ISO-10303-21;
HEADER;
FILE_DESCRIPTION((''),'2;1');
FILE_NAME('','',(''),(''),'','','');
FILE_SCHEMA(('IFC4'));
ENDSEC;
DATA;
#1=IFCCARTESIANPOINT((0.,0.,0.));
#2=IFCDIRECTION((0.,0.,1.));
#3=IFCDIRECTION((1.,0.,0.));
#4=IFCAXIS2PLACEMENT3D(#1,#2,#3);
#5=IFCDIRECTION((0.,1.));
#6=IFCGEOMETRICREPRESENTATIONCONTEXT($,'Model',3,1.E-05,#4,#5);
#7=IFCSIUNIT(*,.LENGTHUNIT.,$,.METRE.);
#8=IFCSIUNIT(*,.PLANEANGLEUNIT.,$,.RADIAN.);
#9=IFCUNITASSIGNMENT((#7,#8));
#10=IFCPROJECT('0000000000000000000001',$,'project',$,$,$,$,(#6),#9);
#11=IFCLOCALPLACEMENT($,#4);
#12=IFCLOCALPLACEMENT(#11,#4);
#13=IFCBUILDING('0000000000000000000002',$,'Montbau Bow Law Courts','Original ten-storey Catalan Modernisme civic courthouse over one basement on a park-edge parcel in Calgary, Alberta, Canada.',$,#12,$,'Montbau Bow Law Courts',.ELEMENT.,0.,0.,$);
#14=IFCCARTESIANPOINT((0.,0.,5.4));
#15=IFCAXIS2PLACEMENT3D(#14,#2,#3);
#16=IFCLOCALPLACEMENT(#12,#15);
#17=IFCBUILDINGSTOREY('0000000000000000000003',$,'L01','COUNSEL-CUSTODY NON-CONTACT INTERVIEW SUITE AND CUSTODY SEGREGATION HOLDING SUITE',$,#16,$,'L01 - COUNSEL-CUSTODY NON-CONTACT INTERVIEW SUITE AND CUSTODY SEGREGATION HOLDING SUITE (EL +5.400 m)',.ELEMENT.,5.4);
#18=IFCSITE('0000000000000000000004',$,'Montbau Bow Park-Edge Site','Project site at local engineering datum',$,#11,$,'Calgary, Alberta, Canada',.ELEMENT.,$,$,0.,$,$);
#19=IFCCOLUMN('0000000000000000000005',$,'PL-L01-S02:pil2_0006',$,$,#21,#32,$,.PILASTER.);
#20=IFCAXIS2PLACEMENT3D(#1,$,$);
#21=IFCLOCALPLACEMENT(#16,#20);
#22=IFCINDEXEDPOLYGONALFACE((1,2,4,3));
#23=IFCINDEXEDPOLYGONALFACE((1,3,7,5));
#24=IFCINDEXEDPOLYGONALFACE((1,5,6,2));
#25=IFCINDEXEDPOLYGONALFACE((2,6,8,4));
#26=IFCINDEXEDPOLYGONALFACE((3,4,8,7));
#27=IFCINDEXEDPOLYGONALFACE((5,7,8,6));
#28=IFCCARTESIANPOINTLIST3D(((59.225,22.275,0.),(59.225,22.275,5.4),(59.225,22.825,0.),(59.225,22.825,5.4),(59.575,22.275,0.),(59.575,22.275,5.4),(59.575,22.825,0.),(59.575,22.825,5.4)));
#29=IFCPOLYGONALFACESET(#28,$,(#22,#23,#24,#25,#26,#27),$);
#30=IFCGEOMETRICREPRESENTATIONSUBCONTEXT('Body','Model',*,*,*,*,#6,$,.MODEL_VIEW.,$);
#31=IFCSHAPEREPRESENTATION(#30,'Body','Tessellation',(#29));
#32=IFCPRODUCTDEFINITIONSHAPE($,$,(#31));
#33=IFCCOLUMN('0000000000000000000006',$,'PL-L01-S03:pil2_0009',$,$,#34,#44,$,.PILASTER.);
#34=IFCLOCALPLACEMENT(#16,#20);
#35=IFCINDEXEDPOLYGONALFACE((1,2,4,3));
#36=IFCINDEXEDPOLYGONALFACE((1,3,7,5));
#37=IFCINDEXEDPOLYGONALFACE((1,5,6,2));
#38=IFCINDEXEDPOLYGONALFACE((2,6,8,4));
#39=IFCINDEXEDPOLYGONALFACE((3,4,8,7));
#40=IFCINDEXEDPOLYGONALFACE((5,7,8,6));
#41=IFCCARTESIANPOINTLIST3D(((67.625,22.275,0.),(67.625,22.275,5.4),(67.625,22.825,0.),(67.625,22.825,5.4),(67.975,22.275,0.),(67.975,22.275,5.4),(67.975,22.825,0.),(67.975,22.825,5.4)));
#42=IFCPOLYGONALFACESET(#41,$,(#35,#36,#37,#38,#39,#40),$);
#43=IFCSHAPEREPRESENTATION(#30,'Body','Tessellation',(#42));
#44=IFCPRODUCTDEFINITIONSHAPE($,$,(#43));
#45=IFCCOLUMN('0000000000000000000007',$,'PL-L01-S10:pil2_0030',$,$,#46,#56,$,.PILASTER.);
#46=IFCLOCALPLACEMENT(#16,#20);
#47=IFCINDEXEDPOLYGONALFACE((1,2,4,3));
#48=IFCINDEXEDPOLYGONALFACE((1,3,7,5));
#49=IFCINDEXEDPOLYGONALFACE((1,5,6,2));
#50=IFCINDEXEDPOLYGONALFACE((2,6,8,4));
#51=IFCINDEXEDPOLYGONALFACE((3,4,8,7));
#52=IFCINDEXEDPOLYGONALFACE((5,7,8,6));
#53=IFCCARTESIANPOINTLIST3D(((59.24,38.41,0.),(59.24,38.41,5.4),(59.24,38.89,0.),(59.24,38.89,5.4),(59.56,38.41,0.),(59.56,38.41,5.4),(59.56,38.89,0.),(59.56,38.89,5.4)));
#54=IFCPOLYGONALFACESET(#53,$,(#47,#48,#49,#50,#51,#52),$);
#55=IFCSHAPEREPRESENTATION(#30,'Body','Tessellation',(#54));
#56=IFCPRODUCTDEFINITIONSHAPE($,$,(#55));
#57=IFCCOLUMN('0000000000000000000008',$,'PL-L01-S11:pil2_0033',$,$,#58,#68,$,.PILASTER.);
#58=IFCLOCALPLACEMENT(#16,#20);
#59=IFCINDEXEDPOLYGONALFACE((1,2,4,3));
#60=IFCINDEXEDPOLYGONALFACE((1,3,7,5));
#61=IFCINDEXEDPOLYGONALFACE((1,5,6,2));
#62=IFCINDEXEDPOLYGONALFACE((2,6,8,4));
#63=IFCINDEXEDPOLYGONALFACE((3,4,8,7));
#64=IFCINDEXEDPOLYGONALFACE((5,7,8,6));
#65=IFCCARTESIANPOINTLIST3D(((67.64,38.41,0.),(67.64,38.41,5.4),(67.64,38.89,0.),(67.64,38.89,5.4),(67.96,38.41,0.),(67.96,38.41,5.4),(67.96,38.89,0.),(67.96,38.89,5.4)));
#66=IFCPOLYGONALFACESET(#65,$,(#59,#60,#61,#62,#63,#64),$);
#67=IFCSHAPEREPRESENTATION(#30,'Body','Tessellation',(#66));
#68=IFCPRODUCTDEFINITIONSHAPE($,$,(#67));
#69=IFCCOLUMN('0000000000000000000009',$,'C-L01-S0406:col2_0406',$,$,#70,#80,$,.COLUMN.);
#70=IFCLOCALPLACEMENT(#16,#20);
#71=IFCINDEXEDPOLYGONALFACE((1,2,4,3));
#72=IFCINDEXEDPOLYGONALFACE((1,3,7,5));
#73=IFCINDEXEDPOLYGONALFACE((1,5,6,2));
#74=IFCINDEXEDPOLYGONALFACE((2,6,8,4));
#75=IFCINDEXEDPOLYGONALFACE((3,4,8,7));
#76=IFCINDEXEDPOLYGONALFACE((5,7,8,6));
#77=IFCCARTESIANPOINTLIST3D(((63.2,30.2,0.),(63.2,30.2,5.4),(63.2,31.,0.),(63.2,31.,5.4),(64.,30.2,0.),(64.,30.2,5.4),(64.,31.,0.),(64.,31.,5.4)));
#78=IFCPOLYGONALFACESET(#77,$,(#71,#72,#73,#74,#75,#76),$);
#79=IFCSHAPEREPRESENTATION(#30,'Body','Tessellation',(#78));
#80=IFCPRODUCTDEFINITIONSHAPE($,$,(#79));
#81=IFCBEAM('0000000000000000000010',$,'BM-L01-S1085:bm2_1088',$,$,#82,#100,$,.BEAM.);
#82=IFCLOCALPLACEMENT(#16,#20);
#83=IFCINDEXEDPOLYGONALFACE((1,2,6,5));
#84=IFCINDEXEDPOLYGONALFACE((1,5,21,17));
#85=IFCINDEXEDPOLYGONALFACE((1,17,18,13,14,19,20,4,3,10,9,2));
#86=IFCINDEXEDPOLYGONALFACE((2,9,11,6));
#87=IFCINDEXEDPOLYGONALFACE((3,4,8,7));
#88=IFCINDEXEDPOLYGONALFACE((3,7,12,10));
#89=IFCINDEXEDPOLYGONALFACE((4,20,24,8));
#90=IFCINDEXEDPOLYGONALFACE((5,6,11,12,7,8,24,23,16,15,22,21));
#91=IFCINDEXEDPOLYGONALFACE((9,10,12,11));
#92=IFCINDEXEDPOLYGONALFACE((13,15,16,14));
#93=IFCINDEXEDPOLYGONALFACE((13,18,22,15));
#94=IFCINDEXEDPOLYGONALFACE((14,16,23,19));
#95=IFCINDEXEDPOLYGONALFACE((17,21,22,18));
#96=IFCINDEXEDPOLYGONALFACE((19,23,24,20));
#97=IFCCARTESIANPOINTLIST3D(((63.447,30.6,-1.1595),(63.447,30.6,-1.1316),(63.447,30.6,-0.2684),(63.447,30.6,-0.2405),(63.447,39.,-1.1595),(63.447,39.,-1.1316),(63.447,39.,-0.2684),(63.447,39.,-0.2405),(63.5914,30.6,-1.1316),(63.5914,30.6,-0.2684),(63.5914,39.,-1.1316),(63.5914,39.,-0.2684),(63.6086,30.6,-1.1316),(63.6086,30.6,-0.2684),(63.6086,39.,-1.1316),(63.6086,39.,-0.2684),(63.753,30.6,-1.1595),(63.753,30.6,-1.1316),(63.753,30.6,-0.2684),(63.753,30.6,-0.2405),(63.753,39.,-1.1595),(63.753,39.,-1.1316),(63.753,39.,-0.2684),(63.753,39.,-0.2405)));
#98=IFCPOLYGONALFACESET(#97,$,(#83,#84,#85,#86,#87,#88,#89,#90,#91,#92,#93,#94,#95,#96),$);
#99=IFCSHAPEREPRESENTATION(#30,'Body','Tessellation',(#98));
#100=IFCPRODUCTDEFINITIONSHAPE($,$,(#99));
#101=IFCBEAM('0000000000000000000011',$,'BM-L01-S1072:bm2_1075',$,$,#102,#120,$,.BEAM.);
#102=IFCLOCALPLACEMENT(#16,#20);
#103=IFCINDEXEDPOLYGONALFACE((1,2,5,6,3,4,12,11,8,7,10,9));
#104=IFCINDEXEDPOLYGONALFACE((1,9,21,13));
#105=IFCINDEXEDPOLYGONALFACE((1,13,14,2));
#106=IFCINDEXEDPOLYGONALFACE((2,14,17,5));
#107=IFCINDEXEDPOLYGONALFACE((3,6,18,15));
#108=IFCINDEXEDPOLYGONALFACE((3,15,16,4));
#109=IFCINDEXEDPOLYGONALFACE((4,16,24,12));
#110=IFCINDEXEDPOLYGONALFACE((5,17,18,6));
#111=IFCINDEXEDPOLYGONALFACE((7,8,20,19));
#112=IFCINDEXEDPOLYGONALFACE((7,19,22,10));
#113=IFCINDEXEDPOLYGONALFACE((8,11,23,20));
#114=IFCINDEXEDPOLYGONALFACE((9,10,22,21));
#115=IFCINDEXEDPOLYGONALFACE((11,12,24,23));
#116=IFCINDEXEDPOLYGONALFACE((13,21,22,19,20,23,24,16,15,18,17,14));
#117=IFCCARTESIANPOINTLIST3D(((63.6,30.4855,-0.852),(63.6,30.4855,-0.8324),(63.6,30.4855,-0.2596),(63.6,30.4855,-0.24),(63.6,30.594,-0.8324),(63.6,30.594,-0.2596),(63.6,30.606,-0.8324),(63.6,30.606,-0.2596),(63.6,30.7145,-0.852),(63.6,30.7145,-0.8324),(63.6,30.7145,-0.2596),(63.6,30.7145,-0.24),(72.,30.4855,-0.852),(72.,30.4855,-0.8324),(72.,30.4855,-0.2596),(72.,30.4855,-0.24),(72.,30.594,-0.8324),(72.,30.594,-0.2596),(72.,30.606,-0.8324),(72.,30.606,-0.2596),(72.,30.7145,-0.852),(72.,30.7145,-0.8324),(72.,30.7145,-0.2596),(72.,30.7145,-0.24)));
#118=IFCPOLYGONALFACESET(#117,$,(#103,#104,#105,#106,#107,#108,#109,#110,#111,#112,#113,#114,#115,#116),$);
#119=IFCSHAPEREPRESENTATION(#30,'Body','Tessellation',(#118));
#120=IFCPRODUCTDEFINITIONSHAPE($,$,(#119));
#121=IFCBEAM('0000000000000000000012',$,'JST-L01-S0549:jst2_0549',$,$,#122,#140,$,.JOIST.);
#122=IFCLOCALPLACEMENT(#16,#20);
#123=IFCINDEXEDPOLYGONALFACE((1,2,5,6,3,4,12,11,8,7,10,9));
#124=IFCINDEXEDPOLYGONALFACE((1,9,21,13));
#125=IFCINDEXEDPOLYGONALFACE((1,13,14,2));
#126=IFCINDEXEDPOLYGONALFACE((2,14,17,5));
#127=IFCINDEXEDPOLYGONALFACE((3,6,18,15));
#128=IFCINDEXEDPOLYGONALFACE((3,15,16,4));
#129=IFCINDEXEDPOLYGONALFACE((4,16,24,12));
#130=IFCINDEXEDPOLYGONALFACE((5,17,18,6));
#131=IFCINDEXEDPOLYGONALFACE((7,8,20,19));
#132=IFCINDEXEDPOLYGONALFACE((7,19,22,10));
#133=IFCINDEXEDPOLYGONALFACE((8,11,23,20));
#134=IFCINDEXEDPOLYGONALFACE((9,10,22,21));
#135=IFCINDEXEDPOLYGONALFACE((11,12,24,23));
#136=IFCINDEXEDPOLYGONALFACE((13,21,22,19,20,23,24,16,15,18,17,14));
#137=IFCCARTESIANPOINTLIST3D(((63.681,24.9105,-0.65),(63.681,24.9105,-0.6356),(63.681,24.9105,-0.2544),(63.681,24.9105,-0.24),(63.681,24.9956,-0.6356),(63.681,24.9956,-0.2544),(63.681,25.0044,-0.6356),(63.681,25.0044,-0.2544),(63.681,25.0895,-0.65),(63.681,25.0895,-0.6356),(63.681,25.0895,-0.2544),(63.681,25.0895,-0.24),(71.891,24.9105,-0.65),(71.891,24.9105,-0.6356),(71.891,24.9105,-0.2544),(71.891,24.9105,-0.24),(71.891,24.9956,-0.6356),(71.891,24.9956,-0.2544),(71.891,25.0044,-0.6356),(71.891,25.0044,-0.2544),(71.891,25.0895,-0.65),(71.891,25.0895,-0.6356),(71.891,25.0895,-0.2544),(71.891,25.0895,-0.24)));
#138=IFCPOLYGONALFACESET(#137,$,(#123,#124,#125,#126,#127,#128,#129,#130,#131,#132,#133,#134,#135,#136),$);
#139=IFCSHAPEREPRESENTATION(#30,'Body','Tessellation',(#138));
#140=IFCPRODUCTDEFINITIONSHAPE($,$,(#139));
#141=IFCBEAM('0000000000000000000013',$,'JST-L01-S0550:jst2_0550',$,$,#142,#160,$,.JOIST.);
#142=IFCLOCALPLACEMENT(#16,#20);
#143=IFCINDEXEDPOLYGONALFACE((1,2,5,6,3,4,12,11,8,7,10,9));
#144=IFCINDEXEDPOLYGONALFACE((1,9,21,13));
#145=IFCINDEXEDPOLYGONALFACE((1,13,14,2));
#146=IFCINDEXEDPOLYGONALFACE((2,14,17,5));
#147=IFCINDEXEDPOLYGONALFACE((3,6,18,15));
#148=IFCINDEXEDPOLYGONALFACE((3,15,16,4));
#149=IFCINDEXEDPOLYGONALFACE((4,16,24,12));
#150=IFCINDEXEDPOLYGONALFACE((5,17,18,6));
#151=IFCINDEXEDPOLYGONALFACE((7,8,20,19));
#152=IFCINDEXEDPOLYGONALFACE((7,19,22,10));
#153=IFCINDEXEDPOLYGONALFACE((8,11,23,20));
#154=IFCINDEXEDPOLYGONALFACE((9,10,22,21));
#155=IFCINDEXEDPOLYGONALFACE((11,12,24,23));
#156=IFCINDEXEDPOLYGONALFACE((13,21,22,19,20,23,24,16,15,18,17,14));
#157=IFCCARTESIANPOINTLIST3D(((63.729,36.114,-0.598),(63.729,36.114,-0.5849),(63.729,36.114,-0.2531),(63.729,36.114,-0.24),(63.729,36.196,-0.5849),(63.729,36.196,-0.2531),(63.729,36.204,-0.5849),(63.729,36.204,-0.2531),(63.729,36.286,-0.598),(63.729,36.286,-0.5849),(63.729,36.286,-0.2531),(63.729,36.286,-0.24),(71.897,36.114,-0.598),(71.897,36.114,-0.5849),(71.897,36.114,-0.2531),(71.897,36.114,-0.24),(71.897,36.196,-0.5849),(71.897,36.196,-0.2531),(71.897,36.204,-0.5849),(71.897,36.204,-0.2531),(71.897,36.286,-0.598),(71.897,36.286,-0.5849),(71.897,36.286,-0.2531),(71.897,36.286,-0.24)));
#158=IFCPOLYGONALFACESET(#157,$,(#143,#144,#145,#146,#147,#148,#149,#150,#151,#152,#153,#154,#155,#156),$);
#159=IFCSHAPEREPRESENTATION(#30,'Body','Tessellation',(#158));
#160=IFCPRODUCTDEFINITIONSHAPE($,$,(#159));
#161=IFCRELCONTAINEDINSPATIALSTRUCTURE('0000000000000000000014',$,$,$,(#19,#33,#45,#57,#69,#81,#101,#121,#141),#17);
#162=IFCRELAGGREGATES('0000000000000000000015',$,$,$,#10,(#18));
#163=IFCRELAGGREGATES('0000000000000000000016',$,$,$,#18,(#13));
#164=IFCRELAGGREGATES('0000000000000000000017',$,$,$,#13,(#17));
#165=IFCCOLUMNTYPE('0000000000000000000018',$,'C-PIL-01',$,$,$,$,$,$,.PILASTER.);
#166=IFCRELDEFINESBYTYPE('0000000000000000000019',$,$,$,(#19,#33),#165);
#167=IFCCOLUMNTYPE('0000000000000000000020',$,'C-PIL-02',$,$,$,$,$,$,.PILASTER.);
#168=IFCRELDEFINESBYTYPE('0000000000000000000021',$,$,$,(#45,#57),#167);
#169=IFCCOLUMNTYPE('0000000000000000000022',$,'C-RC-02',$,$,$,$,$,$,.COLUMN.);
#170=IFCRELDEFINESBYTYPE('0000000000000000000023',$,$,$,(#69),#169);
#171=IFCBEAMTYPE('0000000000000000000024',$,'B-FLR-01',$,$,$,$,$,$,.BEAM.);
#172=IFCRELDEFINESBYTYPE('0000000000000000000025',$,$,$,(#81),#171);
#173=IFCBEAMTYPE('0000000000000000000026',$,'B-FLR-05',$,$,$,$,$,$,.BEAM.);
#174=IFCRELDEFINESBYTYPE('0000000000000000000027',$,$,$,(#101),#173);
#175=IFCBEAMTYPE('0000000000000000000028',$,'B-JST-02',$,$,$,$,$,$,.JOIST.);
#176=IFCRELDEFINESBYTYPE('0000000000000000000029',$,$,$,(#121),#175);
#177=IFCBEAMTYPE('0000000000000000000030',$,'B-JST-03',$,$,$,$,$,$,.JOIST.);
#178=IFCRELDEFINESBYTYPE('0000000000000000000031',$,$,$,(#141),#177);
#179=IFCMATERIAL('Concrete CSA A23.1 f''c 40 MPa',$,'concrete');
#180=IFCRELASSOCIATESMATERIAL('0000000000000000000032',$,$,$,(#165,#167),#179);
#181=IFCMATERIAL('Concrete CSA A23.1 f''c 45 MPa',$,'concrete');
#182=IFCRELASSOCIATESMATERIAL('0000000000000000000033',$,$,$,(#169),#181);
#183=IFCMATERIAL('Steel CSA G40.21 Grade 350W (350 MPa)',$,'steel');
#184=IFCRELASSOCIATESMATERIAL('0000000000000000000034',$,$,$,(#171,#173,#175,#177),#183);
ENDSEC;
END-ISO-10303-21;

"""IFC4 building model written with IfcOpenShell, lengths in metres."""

from ifc_helpers import new_model, si_unit, direction, frame, origin_with_axes, origin_2d_with_axis, place, context, subcontext, project, spatial, rectangle, i_section, extrude, material, material_profile, profile_set, type_object, element, save


model = new_model("IFC4")

# Units and contexts
model_context = context("Model", 3, precision=1e-05, world=origin_with_axes(), true_north=direction((0.0, 1.0)))
body_context = subcontext(model_context, "Body", "Model", "MODEL_VIEW")
ifc_project = project(units=[si_unit("LENGTHUNIT", "METRE"), si_unit("PLANEANGLEUNIT", "RADIAN")], contexts=[model_context])

# Site, building, storey
site_placement = place(None, origin_with_axes())
site = spatial("IfcSite", under=ifc_project, at=site_placement, Name="Montbau Bow Park-Edge Site", Description="Project site at local engineering datum", LongName="Calgary, Alberta, Canada", CompositionType="ELEMENT", RefElevation=0.0)
building_placement = place(site_placement, origin_with_axes())
building = spatial("IfcBuilding", under=site, at=building_placement, Name="Montbau Bow Law Courts", Description="Original ten-storey Catalan Modernisme civic courthouse over one basement on a park-edge parcel in Calgary, Alberta, Canada.", LongName="Montbau Bow Law Courts", CompositionType="ELEMENT", ElevationOfRefHeight=0.0, ElevationOfTerrain=0.0)
storey_placement = place(building_placement, frame((0.0, 0.0, 5.4), z_axis=(0.0, 0.0, 1.0), x_axis=(1.0, 0.0, 0.0)))
storey = spatial("IfcBuildingStorey", under=building, at=storey_placement, Name="L01", Description="COUNSEL-CUSTODY NON-CONTACT INTERVIEW SUITE AND CUSTODY SEGREGATION HOLDING SUITE", LongName="L01 - COUNSEL-CUSTODY NON-CONTACT INTERVIEW SUITE AND CUSTODY SEGREGATION HOLDING SUITE (EL +5.400 m)", CompositionType="ELEMENT", Elevation=5.4)

# Columns
ifc_material_1 = material(Name="Concrete CSA A23.1 f'c 40 MPa", Category="concrete")
ifc_material_profile_1 = material_profile(ifc_material_1, rectangle(XDim=0.35, YDim=0.55, at=origin_2d_with_axis()), Name="RC550X350", Category="Main", Priority=0)
ifc_profile_set_1 = profile_set([ifc_material_profile_1], Name="Concrete CSA A23.1 f'c 40 MPa")
column_type_1 = type_object("IfcColumnType", Name="C-PIL-01", PredefinedType="PILASTER", material=ifc_profile_set_1)
for number, where, z_axis, x_axis, name in (
    (1, (59.4, 22.55, 5.4), (0.0, 0.0, 1.0), (1.0, 0.0, 0.0), "PL-L01-S02:pil2_0006"),
    (2, (67.8, 22.55, 5.4), (0.0, 0.0, 1.0), (1.0, 0.0, 0.0), "PL-L01-S03:pil2_0009"),
):
    element("IfcColumn", number, at=place(None, frame(where, z_axis=z_axis, x_axis=x_axis)), inside=storey, type_object=column_type_1, Name=name, PredefinedType="PILASTER", context=body_context, shape_type="SweptSolid", body=[
        extrude(rectangle(XDim=0.35, YDim=0.55, at=origin_2d_with_axis()), origin_with_axes(), (0.0, 0.0, 1.0), 5.4),
    ])
ifc_material_profile_2 = material_profile(ifc_material_1, rectangle(XDim=0.32, YDim=0.48, at=origin_2d_with_axis()), Name="RC480X320", Category="Main", Priority=0)
ifc_profile_set_2 = profile_set([ifc_material_profile_2], Name="Concrete CSA A23.1 f'c 40 MPa")
column_type_2 = type_object("IfcColumnType", Name="C-PIL-02", PredefinedType="PILASTER", material=ifc_profile_set_2)
for number, where, z_axis, x_axis, name in (
    (3, (59.4, 38.65, 5.4), (0.0, 0.0, 1.0), (1.0, 0.0, 0.0), "PL-L01-S10:pil2_0030"),
    (4, (67.8, 38.65, 5.4), (0.0, 0.0, 1.0), (1.0, 0.0, 0.0), "PL-L01-S11:pil2_0033"),
):
    element("IfcColumn", number, at=place(None, frame(where, z_axis=z_axis, x_axis=x_axis)), inside=storey, type_object=column_type_2, Name=name, PredefinedType="PILASTER", context=body_context, shape_type="SweptSolid", body=[
        extrude(rectangle(XDim=0.32, YDim=0.48, at=origin_2d_with_axis()), origin_with_axes(), (0.0, 0.0, 1.0), 5.4),
    ])
ifc_material_2 = material(Name="Concrete CSA A23.1 f'c 45 MPa", Category="concrete")
ifc_material_profile_3 = material_profile(ifc_material_2, rectangle(XDim=0.8, YDim=0.8, at=origin_2d_with_axis()), Name="RC800X800", Category="Main", Priority=0)
ifc_profile_set_3 = profile_set([ifc_material_profile_3], Name="Concrete CSA A23.1 f'c 45 MPa")
column_type_3 = type_object("IfcColumnType", Name="C-RC-02", PredefinedType="COLUMN", material=ifc_profile_set_3)
column_placement = place(None, frame((63.6, 30.6, 5.4), z_axis=(0.0, 0.0, 1.0), x_axis=(1.0, 0.0, 0.0)))
element("IfcColumn", 5, at=column_placement, inside=storey, type_object=column_type_3, Name="C-L01-S0406:col2_0406", PredefinedType="COLUMN", context=body_context, shape_type="SweptSolid", body=[
    extrude(rectangle(XDim=0.8, YDim=0.8, at=origin_2d_with_axis()), origin_with_axes(), (0.0, 0.0, 1.0), 5.4),
])

# Beams
ifc_material_3 = material(Name="Steel CSA G40.21 Grade 350W (350 MPa)", Category="steel")
ifc_material_profile_4 = material_profile(ifc_material_3, i_section(OverallWidth=0.306, OverallDepth=0.919, WebThickness=0.0173, FlangeThickness=0.0279, at=origin_2d_with_axis()), Name="W920X253", Category="Main", Priority=0)
ifc_profile_set_4 = profile_set([ifc_material_profile_4], Name="Steel CSA G40.21 Grade 350W (350 MPa)")
beam_type_1 = type_object("IfcBeamType", Name="B-FLR-01", PredefinedType="BEAM", material=ifc_profile_set_4)
beam_1_placement = place(None, frame((63.6, 30.6, 4.7), z_axis=(0.0, 1.0, 0.0), x_axis=(-1.0, 0.0, 0.0)))
element("IfcBeam", 6, at=beam_1_placement, inside=storey, type_object=beam_type_1, Name="BM-L01-S1085:bm2_1088", PredefinedType="BEAM", context=body_context, shape_type="SweptSolid", body=[
    extrude(i_section(OverallWidth=0.306, OverallDepth=0.919, WebThickness=0.0173, FlangeThickness=0.0279, at=origin_2d_with_axis()), origin_with_axes(), (0.0, 0.0, 1.0), 8.4),
])
ifc_material_profile_5 = material_profile(ifc_material_3, i_section(OverallWidth=0.229, OverallDepth=0.612, WebThickness=0.0119, FlangeThickness=0.0196, at=origin_2d_with_axis()), Name="W610X125", Category="Main", Priority=0)
ifc_profile_set_5 = profile_set([ifc_material_profile_5], Name="Steel CSA G40.21 Grade 350W (350 MPa)")
beam_type_2 = type_object("IfcBeamType", Name="B-FLR-05", PredefinedType="BEAM", material=ifc_profile_set_5)
beam_2_placement = place(None, frame((63.6, 30.6, 4.854), z_axis=(1.0, 0.0, 0.0), x_axis=(0.0, 1.0, 0.0)))
element("IfcBeam", 7, at=beam_2_placement, inside=storey, type_object=beam_type_2, Name="BM-L01-S1072:bm2_1075", PredefinedType="BEAM", context=body_context, shape_type="SweptSolid", body=[
    extrude(i_section(OverallWidth=0.229, OverallDepth=0.612, WebThickness=0.0119, FlangeThickness=0.0196, at=origin_2d_with_axis()), origin_with_axes(), (0.0, 0.0, 1.0), 8.4),
])
ifc_material_profile_6 = material_profile(ifc_material_3, i_section(OverallWidth=0.179, OverallDepth=0.41, WebThickness=0.0088, FlangeThickness=0.0144, at=origin_2d_with_axis()), Name="W410X67", Category="Main", Priority=0)
ifc_profile_set_6 = profile_set([ifc_material_profile_6], Name="Steel CSA G40.21 Grade 350W (350 MPa)")
beam_type_3 = type_object("IfcBeamType", Name="B-JST-02", PredefinedType="JOIST", material=ifc_profile_set_6)
beam_3_placement = place(None, frame((63.681, 25.0, 4.955), z_axis=(1.0, 0.0, 0.0), x_axis=(0.0, 1.0, 0.0)))
element("IfcBeam", 8, at=beam_3_placement, inside=storey, type_object=beam_type_3, Name="JST-L01-S0549:jst2_0549", PredefinedType="JOIST", context=body_context, shape_type="SweptSolid", body=[
    extrude(i_section(OverallWidth=0.179, OverallDepth=0.41, WebThickness=0.0088, FlangeThickness=0.0144, at=origin_2d_with_axis()), origin_with_axes(), (0.0, 0.0, 1.0), 8.21),
])
ifc_material_profile_7 = material_profile(ifc_material_3, i_section(OverallWidth=0.172, OverallDepth=0.358, WebThickness=0.0079, FlangeThickness=0.0131, at=origin_2d_with_axis()), Name="W360X57", Category="Main", Priority=0)
ifc_profile_set_7 = profile_set([ifc_material_profile_7], Name="Steel CSA G40.21 Grade 350W (350 MPa)")
beam_type_4 = type_object("IfcBeamType", Name="B-JST-03", PredefinedType="JOIST", material=ifc_profile_set_7)
beam_4_placement = place(None, frame((63.729, 36.2, 4.981), z_axis=(1.0, 0.0, 0.0), x_axis=(0.0, 1.0, 0.0)))
element("IfcBeam", 9, at=beam_4_placement, inside=storey, type_object=beam_type_4, Name="JST-L01-S0550:jst2_0550", PredefinedType="JOIST", context=body_context, shape_type="SweptSolid", body=[
    extrude(i_section(OverallWidth=0.172, OverallDepth=0.358, WebThickness=0.0079, FlangeThickness=0.0131, at=origin_2d_with_axis()), origin_with_axes(), (0.0, 0.0, 1.0), 8.168),
])

save(model, "model.ifc")
